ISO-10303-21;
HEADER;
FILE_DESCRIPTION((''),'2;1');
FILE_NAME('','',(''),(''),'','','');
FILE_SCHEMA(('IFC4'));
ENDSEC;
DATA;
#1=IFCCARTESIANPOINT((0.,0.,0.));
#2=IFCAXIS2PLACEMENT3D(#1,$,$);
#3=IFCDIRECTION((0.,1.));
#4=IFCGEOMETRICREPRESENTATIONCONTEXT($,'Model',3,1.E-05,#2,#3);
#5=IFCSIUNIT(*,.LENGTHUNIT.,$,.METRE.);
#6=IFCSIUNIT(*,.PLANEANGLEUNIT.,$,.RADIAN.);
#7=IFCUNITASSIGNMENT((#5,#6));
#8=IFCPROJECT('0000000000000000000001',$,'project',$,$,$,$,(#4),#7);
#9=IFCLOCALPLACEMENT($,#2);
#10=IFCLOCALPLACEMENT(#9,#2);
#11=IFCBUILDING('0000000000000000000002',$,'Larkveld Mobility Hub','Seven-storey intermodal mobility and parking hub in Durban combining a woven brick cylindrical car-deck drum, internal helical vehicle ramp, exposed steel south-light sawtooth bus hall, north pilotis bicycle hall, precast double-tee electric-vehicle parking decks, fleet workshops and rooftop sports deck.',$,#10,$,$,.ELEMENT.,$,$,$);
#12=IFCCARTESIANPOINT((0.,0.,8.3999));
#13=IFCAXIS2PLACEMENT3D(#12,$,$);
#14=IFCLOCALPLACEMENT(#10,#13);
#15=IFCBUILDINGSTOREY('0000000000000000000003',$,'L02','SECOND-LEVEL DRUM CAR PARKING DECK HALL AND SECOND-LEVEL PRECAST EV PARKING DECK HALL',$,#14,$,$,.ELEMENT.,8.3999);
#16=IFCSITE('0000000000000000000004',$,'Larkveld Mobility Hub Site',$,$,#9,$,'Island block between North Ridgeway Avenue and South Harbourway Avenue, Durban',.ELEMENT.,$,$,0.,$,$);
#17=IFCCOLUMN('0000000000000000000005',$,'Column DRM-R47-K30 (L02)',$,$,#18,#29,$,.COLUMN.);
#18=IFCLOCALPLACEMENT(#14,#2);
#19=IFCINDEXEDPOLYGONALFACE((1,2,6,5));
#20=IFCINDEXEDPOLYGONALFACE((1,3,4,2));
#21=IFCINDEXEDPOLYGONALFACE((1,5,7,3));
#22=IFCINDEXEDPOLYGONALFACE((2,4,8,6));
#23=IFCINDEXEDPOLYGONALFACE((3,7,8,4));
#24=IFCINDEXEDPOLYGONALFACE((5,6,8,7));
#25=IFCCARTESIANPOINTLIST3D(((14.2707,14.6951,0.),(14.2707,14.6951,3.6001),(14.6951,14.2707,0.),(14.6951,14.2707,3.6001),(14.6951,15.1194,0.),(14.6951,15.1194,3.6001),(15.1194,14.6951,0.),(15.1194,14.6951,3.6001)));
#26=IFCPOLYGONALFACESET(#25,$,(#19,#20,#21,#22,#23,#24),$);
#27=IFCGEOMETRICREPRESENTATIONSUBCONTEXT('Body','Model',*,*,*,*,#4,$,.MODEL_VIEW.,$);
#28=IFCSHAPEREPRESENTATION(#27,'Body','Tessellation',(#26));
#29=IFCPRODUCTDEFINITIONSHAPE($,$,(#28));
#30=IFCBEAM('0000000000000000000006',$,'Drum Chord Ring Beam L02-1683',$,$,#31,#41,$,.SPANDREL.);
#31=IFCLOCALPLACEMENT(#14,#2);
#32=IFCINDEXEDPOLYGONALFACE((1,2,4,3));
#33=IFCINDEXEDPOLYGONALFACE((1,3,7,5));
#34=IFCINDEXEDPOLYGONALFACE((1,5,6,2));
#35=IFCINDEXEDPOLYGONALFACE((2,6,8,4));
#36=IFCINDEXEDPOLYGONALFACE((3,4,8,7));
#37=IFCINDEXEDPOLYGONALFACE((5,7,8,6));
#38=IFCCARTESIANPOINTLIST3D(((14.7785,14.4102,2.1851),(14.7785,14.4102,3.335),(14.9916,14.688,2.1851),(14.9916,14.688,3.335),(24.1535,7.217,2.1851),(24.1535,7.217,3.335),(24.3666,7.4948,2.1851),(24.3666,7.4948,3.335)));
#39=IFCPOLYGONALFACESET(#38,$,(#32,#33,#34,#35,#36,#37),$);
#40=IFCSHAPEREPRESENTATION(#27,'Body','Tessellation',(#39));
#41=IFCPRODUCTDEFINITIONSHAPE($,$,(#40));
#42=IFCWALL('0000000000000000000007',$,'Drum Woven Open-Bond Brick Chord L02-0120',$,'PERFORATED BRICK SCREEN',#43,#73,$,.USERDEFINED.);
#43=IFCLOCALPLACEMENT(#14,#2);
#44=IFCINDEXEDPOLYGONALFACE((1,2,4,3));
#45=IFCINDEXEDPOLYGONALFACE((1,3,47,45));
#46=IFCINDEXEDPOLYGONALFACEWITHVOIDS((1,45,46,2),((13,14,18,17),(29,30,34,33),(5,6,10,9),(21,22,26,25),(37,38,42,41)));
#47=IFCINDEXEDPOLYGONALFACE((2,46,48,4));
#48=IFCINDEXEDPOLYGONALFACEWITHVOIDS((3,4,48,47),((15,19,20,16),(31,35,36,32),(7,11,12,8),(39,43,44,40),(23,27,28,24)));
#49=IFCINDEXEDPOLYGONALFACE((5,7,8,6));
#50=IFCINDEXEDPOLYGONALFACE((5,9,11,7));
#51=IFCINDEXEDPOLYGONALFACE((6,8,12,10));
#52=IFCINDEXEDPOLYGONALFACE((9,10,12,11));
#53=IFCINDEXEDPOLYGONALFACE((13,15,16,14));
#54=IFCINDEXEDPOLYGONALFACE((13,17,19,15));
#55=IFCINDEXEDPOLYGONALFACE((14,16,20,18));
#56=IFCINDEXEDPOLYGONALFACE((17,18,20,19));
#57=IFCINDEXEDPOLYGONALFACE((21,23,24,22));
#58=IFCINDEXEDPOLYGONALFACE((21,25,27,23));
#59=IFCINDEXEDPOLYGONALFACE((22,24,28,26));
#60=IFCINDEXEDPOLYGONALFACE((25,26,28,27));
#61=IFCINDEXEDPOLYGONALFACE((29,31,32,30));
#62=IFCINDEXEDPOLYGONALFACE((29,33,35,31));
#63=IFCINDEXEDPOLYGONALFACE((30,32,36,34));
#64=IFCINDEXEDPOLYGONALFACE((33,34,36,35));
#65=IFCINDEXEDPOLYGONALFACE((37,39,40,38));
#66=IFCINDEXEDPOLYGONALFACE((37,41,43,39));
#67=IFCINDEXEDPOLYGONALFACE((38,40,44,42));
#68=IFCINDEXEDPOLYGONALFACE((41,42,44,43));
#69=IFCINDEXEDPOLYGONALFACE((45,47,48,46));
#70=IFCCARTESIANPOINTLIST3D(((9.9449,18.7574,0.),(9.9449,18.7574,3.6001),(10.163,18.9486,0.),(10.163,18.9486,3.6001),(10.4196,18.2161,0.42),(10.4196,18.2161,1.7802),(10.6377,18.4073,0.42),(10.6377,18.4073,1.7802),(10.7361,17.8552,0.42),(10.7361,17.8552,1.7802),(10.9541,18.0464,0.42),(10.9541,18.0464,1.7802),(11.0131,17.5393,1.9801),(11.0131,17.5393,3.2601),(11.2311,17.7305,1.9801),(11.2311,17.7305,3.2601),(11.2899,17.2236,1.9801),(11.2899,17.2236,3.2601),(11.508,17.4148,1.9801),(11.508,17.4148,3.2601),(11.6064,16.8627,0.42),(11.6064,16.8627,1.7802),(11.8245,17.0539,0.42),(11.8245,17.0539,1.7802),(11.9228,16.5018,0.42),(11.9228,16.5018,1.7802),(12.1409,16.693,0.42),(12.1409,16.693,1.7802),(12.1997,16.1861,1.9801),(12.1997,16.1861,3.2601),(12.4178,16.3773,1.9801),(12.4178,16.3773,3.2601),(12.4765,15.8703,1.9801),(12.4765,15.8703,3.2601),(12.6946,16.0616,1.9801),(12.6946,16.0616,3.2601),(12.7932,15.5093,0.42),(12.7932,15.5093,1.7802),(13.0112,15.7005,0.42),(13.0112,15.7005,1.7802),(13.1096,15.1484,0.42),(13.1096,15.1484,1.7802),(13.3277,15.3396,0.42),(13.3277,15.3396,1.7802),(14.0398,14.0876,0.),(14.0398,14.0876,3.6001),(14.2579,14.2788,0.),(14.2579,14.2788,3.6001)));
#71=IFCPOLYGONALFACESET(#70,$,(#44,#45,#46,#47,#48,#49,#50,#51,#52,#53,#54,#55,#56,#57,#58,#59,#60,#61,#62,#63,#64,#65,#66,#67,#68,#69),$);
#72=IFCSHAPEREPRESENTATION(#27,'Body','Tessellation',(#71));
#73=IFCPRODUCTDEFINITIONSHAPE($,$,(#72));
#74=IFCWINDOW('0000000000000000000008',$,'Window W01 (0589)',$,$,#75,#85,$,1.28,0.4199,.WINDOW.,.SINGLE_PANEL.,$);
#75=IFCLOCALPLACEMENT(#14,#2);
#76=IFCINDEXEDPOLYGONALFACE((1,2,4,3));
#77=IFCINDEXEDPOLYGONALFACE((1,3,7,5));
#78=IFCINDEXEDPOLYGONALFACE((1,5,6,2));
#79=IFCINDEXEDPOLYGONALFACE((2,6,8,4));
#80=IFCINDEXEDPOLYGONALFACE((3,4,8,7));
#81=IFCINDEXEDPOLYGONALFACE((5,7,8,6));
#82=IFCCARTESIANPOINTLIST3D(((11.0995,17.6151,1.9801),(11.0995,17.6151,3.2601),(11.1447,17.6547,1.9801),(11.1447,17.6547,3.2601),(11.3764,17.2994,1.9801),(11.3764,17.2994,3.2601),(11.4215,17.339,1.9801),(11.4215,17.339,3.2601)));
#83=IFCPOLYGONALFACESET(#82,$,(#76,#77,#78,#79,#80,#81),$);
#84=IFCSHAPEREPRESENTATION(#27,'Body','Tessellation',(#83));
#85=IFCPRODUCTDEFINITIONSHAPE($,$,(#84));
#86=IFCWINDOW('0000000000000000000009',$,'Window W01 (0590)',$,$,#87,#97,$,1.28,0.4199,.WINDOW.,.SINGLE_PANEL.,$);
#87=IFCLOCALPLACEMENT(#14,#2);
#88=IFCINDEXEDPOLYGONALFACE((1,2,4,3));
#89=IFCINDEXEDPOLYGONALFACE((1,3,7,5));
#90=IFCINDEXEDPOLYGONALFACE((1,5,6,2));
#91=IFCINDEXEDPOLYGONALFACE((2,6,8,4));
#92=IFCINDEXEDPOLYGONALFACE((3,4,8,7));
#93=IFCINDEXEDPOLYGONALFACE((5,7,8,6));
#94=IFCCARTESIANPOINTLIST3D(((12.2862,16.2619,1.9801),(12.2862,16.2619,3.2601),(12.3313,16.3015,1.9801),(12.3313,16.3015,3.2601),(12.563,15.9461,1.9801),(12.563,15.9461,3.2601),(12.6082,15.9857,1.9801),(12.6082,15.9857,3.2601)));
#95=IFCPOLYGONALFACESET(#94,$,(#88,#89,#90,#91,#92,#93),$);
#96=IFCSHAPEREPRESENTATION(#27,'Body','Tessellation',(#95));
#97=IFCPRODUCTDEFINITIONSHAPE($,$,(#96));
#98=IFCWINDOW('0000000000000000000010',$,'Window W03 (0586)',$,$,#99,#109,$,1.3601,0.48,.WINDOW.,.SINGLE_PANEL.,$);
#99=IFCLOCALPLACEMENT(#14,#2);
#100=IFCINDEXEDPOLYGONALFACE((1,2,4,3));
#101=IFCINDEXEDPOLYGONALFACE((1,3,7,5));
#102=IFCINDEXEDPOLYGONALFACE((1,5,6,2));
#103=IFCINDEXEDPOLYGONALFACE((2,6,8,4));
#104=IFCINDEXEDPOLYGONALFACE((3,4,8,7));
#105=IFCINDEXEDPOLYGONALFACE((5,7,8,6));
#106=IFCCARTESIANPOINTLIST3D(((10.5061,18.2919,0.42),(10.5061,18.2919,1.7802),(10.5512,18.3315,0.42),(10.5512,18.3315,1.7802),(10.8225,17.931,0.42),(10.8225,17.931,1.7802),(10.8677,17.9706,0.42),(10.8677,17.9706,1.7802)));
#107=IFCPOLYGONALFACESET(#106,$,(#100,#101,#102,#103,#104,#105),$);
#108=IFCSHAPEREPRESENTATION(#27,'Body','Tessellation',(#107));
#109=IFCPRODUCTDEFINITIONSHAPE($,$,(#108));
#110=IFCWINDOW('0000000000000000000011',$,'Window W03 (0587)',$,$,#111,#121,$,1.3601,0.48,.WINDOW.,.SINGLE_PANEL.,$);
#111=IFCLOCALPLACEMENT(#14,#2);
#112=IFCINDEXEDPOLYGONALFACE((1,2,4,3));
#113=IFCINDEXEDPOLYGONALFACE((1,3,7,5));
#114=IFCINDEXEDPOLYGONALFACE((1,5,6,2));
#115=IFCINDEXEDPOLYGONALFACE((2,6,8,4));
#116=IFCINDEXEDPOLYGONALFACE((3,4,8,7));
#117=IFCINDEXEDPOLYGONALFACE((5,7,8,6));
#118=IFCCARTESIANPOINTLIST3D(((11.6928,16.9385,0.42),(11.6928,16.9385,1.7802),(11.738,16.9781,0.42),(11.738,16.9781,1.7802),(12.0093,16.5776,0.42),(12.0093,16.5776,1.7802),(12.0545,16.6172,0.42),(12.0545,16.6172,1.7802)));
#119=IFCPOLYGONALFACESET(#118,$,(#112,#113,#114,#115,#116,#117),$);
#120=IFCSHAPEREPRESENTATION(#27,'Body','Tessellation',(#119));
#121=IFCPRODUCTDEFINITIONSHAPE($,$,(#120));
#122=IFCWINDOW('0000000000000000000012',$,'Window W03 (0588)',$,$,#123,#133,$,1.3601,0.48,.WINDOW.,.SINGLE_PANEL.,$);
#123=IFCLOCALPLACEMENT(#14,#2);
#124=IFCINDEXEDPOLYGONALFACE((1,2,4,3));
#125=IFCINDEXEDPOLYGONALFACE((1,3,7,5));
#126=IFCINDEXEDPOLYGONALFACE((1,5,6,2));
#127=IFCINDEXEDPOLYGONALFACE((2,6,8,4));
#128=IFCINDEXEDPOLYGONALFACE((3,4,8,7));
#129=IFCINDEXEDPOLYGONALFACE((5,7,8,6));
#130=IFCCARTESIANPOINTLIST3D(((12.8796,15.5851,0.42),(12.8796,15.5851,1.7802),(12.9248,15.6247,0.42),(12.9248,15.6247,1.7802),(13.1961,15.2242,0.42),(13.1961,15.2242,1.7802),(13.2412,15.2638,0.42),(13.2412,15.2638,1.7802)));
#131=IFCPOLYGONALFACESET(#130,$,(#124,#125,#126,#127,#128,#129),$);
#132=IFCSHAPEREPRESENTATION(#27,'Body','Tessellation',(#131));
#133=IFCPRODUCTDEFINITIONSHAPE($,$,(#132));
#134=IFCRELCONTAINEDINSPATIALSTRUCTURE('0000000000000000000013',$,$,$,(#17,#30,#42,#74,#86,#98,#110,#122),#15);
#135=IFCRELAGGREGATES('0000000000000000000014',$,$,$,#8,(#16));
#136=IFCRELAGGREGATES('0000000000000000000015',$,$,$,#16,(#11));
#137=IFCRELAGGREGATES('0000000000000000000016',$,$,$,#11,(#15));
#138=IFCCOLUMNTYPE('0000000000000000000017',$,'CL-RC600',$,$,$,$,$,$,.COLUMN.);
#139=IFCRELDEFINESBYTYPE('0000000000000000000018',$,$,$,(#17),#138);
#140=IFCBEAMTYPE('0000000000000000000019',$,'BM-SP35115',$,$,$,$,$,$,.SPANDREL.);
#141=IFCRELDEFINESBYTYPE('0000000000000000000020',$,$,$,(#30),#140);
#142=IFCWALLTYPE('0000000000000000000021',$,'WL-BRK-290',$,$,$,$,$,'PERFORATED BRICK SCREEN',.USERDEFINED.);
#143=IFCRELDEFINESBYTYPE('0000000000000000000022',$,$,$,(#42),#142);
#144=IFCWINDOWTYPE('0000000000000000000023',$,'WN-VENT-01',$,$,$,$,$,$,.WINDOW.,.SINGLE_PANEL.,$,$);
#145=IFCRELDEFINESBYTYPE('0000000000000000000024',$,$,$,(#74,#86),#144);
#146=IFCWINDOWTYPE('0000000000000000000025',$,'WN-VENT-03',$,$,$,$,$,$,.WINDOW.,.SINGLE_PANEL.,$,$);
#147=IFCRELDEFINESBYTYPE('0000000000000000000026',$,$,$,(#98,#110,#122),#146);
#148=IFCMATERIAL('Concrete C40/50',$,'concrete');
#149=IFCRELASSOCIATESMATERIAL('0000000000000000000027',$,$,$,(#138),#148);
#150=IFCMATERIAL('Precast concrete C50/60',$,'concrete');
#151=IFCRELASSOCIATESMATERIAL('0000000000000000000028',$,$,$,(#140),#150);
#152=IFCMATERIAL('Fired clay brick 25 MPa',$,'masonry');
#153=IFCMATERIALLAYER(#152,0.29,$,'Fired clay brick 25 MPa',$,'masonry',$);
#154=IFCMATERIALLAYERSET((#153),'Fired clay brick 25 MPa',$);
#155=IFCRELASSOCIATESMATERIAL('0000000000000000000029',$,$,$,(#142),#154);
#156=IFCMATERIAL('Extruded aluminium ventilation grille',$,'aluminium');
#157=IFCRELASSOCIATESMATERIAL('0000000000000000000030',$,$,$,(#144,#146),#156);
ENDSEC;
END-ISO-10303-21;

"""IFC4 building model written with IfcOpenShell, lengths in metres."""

from ifc_helpers import new_model, si_unit, direction, frame, frame_2d, origin, origin_2d, place, context, subcontext, project, spatial, rectangle, extrude, material, layer, layer_set, material_profile, profile_set, type_object, element, fill, save


model = new_model("IFC4")

# Units and contexts
model_context = context("Model", 3, precision=1e-05, world=origin(), true_north=direction((0.0, 1.0)))
body_context = subcontext(model_context, "Body", "Model", "MODEL_VIEW")
ifc_project = project(units=[si_unit("LENGTHUNIT", "METRE"), si_unit("PLANEANGLEUNIT", "RADIAN")], contexts=[model_context])

# Site, building, storey
site_placement = place(None, origin())
site = spatial("IfcSite", under=ifc_project, at=site_placement, Name="Larkveld Mobility Hub Site", LongName="Island block between North Ridgeway Avenue and South Harbourway Avenue, Durban", CompositionType="ELEMENT", RefElevation=0.0)
building_placement = place(site_placement, origin())
building = spatial("IfcBuilding", under=site, at=building_placement, Name="Larkveld Mobility Hub", Description="Seven-storey intermodal mobility and parking hub in Durban combining a woven brick cylindrical car-deck drum, internal helical vehicle ramp, exposed steel south-light sawtooth bus hall, north pilotis bicycle hall, precast double-tee electric-vehicle parking decks, fleet workshops and rooftop sports deck.", CompositionType="ELEMENT")
storey_placement = place(building_placement, frame((0.0, 0.0, 8.3999)))
storey = spatial("IfcBuildingStorey", under=building, at=storey_placement, Name="L02", Description="SECOND-LEVEL DRUM CAR PARKING DECK HALL AND SECOND-LEVEL PRECAST EV PARKING DECK HALL", CompositionType="ELEMENT", Elevation=8.3999)

# Column
ifc_material_1 = material(Name="Concrete C40/50", Category="concrete")
ifc_material_profile_1 = material_profile(ifc_material_1, rectangle(XDim=0.6001, YDim=0.6001, at=origin_2d()), Name="RC COL 600x600")
ifc_profile_set_1 = profile_set([ifc_material_profile_1], Name="Concrete C40/50")
column_type = type_object("IfcColumnType", Name="CL-RC600", PredefinedType="COLUMN", material=ifc_profile_set_1)
column_placement = place(storey_placement, frame((14.6951, 14.6951, 0.0), z_axis=(0.0, 0.0, 1.0), x_axis=(0.707107, 0.707107, 0.0)))
element("IfcColumn", 1, at=column_placement, inside=storey, type_object=column_type, Name="Column DRM-R47-K30 (L02)", PredefinedType="COLUMN", context=body_context, shape_type="SweptSolid", body=[
    extrude(rectangle(XDim=0.6001, YDim=0.6001, at=origin_2d()), origin(), (0.0, 0.0, 1.0), 3.6001),
])

# Beam
ifc_material_2 = material(Name="Precast concrete C50/60", Category="concrete")
ifc_material_profile_2 = material_profile(ifc_material_2, rectangle(XDim=0.3501, YDim=1.1499, at=origin_2d()), Name="PC SP 350x1150")
ifc_profile_set_2 = profile_set([ifc_material_profile_2], Name="Precast concrete C50/60")
beam_type = type_object("IfcBeamType", Name="BM-SP35115", PredefinedType="SPANDREL", material=ifc_profile_set_2)
beam_placement = place(storey_placement, frame((14.885, 14.5491, 2.76), z_axis=(0.793377, -0.608731, 0.0), x_axis=(0.608731, 0.793377, 0.0)))
element("IfcBeam", 2, at=beam_placement, inside=storey, type_object=beam_type, Name="Drum Chord Ring Beam L02-1683", PredefinedType="SPANDREL", context=body_context, shape_type="SweptSolid", body=[
    extrude(rectangle(XDim=0.3501, YDim=1.1499, at=origin_2d()), origin(), (0.0, 0.0, 1.0), 11.8167),
])

# Wall, openings, windows
ifc_material_3 = material(Name="Fired clay brick 25 MPa", Category="masonry")
ifc_layer_1 = layer(ifc_material_3, 0.29, Name="Fired clay brick 25 MPa", Category="masonry")
ifc_layer_set_1 = layer_set([ifc_layer_1], Name="Fired clay brick 25 MPa")
wall_type_1 = type_object("IfcWallType", Name="WL-BRK-290", ElementType="PERFORATED BRICK SCREEN", PredefinedType="USERDEFINED", material=ifc_layer_set_1)
wall_1_placement = place(storey_placement, frame((10.054, 18.853, 0.0), z_axis=(0.0, 0.0, 1.0), x_axis=(0.659306, -0.751875, 0.0)))
wall_1 = element("IfcWall", 3, at=wall_1_placement, inside=storey, type_object=wall_type_1, Name="Drum Woven Open-Bond Brick Chord L02-0120", ObjectType="PERFORATED BRICK SCREEN", PredefinedType="USERDEFINED", context=body_context, shape_type="SweptSolid", body=[
    extrude(rectangle(XDim=6.2109, YDim=0.29, at=frame_2d((3.1055, 0.0))), origin(), (0.0, 0.0, 1.0), 3.6001),
])
opening_1_placement = place(wall_1_placement, frame((0.72, 0.0, 0.4199)))
opening_1 = element("IfcOpeningElement", 4, at=opening_1_placement, cuts=wall_1, PredefinedType="OPENING", context=body_context, shape_type="SweptSolid", body=[
    extrude(rectangle(XDim=0.48, YDim=1.3601, at=frame_2d((0.24, 0.6802))), frame((0.0, 0.155, 0.0), z_axis=(0.0, -1.0, 0.0), x_axis=(1.0, 0.0, 0.0)), (0.0, 0.0, 1.0), 0.3101),
])
opening_2_placement = place(wall_1_placement, frame((2.52, 0.0, 0.4199)))
opening_2 = element("IfcOpeningElement", 5, at=opening_2_placement, cuts=wall_1, PredefinedType="OPENING", context=body_context, shape_type="SweptSolid", body=[
    extrude(rectangle(XDim=0.48, YDim=1.3601, at=frame_2d((0.24, 0.6802))), frame((0.0, 0.155, 0.0), z_axis=(0.0, -1.0, 0.0), x_axis=(1.0, 0.0, 0.0)), (0.0, 0.0, 1.0), 0.3101),
])
opening_3_placement = place(wall_1_placement, frame((4.3201, 0.0, 0.4199)))
opening_3 = element("IfcOpeningElement", 6, at=opening_3_placement, cuts=wall_1, PredefinedType="OPENING", context=body_context, shape_type="SweptSolid", body=[
    extrude(rectangle(XDim=0.48, YDim=1.3601, at=frame_2d((0.24, 0.6802))), frame((0.0, 0.155, 0.0), z_axis=(0.0, -1.0, 0.0), x_axis=(1.0, 0.0, 0.0)), (0.0, 0.0, 1.0), 0.3101),
])
opening_4_placement = place(wall_1_placement, frame((1.6201, 0.0, 1.98)))
opening_4 = element("IfcOpeningElement", 7, at=opening_4_placement, cuts=wall_1, PredefinedType="OPENING", context=body_context, shape_type="SweptSolid", body=[
    extrude(rectangle(XDim=0.4199, YDim=1.28, at=frame_2d((0.21, 0.6401))), frame((0.0, 0.155, 0.0), z_axis=(0.0, -1.0, 0.0), x_axis=(1.0, 0.0, 0.0)), (0.0, 0.0, 1.0), 0.3101),
])
opening_5_placement = place(wall_1_placement, frame((3.4199, 0.0, 1.98)))
opening_5 = element("IfcOpeningElement", 8, at=opening_5_placement, cuts=wall_1, PredefinedType="OPENING", context=body_context, shape_type="SweptSolid", body=[
    extrude(rectangle(XDim=0.4199, YDim=1.28, at=frame_2d((0.21, 0.6401))), frame((0.0, 0.155, 0.0), z_axis=(0.0, -1.0, 0.0), x_axis=(1.0, 0.0, 0.0)), (0.0, 0.0, 1.0), 0.3101),
])
ifc_material_4 = material(Name="Extruded aluminium ventilation grille", Category="aluminium")
window_type_1 = type_object("IfcWindowType", Name="WN-VENT-01", PartitioningType="SINGLE_PANEL", PredefinedType="WINDOW", material=ifc_material_4)
window_1_placement = place(opening_4_placement, origin())
window_1 = element("IfcWindow", 9, at=window_1_placement, inside=storey, type_object=window_type_1, Name="Window W01 (0589)", OverallHeight=1.28, OverallWidth=0.4199, PartitioningType="SINGLE_PANEL", PredefinedType="WINDOW", context=body_context, shape_type="SweptSolid", body=[
    extrude(rectangle(XDim=0.4199, YDim=1.28, at=frame_2d((0.21, 0.6401))), frame((0.0, 0.03, 0.0), z_axis=(0.0, -1.0, 0.0), x_axis=(1.0, 0.0, 0.0)), (0.0, 0.0, 1.0), 0.0601),
])
fill(opening_4, window_1)
window_2_placement = place(opening_5_placement, origin())
window_2 = element("IfcWindow", 10, at=window_2_placement, inside=storey, type_object=window_type_1, Name="Window W01 (0590)", OverallHeight=1.28, OverallWidth=0.4199, PartitioningType="SINGLE_PANEL", PredefinedType="WINDOW", context=body_context, shape_type="SweptSolid", body=[
    extrude(rectangle(XDim=0.4199, YDim=1.28, at=frame_2d((0.21, 0.6401))), frame((0.0, 0.03, 0.0), z_axis=(0.0, -1.0, 0.0), x_axis=(1.0, 0.0, 0.0)), (0.0, 0.0, 1.0), 0.0601),
])
fill(opening_5, window_2)
window_type_2 = type_object("IfcWindowType", Name="WN-VENT-03", PartitioningType="SINGLE_PANEL", PredefinedType="WINDOW", material=ifc_material_4)
window_3_placement = place(opening_1_placement, origin())
window_3 = element("IfcWindow", 11, at=window_3_placement, inside=storey, type_object=window_type_2, Name="Window W03 (0586)", OverallHeight=1.3601, OverallWidth=0.48, PartitioningType="SINGLE_PANEL", PredefinedType="WINDOW", context=body_context, shape_type="SweptSolid", body=[
    extrude(rectangle(XDim=0.48, YDim=1.3601, at=frame_2d((0.24, 0.6802))), frame((0.0, 0.03, 0.0), z_axis=(0.0, -1.0, 0.0), x_axis=(1.0, 0.0, 0.0)), (0.0, 0.0, 1.0), 0.0601),
])
fill(opening_1, window_3)
window_4_placement = place(opening_2_placement, origin())
window_4 = element("IfcWindow", 12, at=window_4_placement, inside=storey, type_object=window_type_2, Name="Window W03 (0587)", OverallHeight=1.3601, OverallWidth=0.48, PartitioningType="SINGLE_PANEL", PredefinedType="WINDOW", context=body_context, shape_type="SweptSolid", body=[
    extrude(rectangle(XDim=0.48, YDim=1.3601, at=frame_2d((0.24, 0.6802))), frame((0.0, 0.03, 0.0), z_axis=(0.0, -1.0, 0.0), x_axis=(1.0, 0.0, 0.0)), (0.0, 0.0, 1.0), 0.0601),
])
fill(opening_2, window_4)
window_5_placement = place(opening_3_placement, origin())
window_5 = element("IfcWindow", 13, at=window_5_placement, inside=storey, type_object=window_type_2, Name="Window W03 (0588)", OverallHeight=1.3601, OverallWidth=0.48, PartitioningType="SINGLE_PANEL", PredefinedType="WINDOW", context=body_context, shape_type="SweptSolid", body=[
    extrude(rectangle(XDim=0.48, YDim=1.3601, at=frame_2d((0.24, 0.6802))), frame((0.0, 0.03, 0.0), z_axis=(0.0, -1.0, 0.0), x_axis=(1.0, 0.0, 0.0)), (0.0, 0.0, 1.0), 0.0601),
])
fill(opening_3, window_5)

save(model, "model.ifc")
